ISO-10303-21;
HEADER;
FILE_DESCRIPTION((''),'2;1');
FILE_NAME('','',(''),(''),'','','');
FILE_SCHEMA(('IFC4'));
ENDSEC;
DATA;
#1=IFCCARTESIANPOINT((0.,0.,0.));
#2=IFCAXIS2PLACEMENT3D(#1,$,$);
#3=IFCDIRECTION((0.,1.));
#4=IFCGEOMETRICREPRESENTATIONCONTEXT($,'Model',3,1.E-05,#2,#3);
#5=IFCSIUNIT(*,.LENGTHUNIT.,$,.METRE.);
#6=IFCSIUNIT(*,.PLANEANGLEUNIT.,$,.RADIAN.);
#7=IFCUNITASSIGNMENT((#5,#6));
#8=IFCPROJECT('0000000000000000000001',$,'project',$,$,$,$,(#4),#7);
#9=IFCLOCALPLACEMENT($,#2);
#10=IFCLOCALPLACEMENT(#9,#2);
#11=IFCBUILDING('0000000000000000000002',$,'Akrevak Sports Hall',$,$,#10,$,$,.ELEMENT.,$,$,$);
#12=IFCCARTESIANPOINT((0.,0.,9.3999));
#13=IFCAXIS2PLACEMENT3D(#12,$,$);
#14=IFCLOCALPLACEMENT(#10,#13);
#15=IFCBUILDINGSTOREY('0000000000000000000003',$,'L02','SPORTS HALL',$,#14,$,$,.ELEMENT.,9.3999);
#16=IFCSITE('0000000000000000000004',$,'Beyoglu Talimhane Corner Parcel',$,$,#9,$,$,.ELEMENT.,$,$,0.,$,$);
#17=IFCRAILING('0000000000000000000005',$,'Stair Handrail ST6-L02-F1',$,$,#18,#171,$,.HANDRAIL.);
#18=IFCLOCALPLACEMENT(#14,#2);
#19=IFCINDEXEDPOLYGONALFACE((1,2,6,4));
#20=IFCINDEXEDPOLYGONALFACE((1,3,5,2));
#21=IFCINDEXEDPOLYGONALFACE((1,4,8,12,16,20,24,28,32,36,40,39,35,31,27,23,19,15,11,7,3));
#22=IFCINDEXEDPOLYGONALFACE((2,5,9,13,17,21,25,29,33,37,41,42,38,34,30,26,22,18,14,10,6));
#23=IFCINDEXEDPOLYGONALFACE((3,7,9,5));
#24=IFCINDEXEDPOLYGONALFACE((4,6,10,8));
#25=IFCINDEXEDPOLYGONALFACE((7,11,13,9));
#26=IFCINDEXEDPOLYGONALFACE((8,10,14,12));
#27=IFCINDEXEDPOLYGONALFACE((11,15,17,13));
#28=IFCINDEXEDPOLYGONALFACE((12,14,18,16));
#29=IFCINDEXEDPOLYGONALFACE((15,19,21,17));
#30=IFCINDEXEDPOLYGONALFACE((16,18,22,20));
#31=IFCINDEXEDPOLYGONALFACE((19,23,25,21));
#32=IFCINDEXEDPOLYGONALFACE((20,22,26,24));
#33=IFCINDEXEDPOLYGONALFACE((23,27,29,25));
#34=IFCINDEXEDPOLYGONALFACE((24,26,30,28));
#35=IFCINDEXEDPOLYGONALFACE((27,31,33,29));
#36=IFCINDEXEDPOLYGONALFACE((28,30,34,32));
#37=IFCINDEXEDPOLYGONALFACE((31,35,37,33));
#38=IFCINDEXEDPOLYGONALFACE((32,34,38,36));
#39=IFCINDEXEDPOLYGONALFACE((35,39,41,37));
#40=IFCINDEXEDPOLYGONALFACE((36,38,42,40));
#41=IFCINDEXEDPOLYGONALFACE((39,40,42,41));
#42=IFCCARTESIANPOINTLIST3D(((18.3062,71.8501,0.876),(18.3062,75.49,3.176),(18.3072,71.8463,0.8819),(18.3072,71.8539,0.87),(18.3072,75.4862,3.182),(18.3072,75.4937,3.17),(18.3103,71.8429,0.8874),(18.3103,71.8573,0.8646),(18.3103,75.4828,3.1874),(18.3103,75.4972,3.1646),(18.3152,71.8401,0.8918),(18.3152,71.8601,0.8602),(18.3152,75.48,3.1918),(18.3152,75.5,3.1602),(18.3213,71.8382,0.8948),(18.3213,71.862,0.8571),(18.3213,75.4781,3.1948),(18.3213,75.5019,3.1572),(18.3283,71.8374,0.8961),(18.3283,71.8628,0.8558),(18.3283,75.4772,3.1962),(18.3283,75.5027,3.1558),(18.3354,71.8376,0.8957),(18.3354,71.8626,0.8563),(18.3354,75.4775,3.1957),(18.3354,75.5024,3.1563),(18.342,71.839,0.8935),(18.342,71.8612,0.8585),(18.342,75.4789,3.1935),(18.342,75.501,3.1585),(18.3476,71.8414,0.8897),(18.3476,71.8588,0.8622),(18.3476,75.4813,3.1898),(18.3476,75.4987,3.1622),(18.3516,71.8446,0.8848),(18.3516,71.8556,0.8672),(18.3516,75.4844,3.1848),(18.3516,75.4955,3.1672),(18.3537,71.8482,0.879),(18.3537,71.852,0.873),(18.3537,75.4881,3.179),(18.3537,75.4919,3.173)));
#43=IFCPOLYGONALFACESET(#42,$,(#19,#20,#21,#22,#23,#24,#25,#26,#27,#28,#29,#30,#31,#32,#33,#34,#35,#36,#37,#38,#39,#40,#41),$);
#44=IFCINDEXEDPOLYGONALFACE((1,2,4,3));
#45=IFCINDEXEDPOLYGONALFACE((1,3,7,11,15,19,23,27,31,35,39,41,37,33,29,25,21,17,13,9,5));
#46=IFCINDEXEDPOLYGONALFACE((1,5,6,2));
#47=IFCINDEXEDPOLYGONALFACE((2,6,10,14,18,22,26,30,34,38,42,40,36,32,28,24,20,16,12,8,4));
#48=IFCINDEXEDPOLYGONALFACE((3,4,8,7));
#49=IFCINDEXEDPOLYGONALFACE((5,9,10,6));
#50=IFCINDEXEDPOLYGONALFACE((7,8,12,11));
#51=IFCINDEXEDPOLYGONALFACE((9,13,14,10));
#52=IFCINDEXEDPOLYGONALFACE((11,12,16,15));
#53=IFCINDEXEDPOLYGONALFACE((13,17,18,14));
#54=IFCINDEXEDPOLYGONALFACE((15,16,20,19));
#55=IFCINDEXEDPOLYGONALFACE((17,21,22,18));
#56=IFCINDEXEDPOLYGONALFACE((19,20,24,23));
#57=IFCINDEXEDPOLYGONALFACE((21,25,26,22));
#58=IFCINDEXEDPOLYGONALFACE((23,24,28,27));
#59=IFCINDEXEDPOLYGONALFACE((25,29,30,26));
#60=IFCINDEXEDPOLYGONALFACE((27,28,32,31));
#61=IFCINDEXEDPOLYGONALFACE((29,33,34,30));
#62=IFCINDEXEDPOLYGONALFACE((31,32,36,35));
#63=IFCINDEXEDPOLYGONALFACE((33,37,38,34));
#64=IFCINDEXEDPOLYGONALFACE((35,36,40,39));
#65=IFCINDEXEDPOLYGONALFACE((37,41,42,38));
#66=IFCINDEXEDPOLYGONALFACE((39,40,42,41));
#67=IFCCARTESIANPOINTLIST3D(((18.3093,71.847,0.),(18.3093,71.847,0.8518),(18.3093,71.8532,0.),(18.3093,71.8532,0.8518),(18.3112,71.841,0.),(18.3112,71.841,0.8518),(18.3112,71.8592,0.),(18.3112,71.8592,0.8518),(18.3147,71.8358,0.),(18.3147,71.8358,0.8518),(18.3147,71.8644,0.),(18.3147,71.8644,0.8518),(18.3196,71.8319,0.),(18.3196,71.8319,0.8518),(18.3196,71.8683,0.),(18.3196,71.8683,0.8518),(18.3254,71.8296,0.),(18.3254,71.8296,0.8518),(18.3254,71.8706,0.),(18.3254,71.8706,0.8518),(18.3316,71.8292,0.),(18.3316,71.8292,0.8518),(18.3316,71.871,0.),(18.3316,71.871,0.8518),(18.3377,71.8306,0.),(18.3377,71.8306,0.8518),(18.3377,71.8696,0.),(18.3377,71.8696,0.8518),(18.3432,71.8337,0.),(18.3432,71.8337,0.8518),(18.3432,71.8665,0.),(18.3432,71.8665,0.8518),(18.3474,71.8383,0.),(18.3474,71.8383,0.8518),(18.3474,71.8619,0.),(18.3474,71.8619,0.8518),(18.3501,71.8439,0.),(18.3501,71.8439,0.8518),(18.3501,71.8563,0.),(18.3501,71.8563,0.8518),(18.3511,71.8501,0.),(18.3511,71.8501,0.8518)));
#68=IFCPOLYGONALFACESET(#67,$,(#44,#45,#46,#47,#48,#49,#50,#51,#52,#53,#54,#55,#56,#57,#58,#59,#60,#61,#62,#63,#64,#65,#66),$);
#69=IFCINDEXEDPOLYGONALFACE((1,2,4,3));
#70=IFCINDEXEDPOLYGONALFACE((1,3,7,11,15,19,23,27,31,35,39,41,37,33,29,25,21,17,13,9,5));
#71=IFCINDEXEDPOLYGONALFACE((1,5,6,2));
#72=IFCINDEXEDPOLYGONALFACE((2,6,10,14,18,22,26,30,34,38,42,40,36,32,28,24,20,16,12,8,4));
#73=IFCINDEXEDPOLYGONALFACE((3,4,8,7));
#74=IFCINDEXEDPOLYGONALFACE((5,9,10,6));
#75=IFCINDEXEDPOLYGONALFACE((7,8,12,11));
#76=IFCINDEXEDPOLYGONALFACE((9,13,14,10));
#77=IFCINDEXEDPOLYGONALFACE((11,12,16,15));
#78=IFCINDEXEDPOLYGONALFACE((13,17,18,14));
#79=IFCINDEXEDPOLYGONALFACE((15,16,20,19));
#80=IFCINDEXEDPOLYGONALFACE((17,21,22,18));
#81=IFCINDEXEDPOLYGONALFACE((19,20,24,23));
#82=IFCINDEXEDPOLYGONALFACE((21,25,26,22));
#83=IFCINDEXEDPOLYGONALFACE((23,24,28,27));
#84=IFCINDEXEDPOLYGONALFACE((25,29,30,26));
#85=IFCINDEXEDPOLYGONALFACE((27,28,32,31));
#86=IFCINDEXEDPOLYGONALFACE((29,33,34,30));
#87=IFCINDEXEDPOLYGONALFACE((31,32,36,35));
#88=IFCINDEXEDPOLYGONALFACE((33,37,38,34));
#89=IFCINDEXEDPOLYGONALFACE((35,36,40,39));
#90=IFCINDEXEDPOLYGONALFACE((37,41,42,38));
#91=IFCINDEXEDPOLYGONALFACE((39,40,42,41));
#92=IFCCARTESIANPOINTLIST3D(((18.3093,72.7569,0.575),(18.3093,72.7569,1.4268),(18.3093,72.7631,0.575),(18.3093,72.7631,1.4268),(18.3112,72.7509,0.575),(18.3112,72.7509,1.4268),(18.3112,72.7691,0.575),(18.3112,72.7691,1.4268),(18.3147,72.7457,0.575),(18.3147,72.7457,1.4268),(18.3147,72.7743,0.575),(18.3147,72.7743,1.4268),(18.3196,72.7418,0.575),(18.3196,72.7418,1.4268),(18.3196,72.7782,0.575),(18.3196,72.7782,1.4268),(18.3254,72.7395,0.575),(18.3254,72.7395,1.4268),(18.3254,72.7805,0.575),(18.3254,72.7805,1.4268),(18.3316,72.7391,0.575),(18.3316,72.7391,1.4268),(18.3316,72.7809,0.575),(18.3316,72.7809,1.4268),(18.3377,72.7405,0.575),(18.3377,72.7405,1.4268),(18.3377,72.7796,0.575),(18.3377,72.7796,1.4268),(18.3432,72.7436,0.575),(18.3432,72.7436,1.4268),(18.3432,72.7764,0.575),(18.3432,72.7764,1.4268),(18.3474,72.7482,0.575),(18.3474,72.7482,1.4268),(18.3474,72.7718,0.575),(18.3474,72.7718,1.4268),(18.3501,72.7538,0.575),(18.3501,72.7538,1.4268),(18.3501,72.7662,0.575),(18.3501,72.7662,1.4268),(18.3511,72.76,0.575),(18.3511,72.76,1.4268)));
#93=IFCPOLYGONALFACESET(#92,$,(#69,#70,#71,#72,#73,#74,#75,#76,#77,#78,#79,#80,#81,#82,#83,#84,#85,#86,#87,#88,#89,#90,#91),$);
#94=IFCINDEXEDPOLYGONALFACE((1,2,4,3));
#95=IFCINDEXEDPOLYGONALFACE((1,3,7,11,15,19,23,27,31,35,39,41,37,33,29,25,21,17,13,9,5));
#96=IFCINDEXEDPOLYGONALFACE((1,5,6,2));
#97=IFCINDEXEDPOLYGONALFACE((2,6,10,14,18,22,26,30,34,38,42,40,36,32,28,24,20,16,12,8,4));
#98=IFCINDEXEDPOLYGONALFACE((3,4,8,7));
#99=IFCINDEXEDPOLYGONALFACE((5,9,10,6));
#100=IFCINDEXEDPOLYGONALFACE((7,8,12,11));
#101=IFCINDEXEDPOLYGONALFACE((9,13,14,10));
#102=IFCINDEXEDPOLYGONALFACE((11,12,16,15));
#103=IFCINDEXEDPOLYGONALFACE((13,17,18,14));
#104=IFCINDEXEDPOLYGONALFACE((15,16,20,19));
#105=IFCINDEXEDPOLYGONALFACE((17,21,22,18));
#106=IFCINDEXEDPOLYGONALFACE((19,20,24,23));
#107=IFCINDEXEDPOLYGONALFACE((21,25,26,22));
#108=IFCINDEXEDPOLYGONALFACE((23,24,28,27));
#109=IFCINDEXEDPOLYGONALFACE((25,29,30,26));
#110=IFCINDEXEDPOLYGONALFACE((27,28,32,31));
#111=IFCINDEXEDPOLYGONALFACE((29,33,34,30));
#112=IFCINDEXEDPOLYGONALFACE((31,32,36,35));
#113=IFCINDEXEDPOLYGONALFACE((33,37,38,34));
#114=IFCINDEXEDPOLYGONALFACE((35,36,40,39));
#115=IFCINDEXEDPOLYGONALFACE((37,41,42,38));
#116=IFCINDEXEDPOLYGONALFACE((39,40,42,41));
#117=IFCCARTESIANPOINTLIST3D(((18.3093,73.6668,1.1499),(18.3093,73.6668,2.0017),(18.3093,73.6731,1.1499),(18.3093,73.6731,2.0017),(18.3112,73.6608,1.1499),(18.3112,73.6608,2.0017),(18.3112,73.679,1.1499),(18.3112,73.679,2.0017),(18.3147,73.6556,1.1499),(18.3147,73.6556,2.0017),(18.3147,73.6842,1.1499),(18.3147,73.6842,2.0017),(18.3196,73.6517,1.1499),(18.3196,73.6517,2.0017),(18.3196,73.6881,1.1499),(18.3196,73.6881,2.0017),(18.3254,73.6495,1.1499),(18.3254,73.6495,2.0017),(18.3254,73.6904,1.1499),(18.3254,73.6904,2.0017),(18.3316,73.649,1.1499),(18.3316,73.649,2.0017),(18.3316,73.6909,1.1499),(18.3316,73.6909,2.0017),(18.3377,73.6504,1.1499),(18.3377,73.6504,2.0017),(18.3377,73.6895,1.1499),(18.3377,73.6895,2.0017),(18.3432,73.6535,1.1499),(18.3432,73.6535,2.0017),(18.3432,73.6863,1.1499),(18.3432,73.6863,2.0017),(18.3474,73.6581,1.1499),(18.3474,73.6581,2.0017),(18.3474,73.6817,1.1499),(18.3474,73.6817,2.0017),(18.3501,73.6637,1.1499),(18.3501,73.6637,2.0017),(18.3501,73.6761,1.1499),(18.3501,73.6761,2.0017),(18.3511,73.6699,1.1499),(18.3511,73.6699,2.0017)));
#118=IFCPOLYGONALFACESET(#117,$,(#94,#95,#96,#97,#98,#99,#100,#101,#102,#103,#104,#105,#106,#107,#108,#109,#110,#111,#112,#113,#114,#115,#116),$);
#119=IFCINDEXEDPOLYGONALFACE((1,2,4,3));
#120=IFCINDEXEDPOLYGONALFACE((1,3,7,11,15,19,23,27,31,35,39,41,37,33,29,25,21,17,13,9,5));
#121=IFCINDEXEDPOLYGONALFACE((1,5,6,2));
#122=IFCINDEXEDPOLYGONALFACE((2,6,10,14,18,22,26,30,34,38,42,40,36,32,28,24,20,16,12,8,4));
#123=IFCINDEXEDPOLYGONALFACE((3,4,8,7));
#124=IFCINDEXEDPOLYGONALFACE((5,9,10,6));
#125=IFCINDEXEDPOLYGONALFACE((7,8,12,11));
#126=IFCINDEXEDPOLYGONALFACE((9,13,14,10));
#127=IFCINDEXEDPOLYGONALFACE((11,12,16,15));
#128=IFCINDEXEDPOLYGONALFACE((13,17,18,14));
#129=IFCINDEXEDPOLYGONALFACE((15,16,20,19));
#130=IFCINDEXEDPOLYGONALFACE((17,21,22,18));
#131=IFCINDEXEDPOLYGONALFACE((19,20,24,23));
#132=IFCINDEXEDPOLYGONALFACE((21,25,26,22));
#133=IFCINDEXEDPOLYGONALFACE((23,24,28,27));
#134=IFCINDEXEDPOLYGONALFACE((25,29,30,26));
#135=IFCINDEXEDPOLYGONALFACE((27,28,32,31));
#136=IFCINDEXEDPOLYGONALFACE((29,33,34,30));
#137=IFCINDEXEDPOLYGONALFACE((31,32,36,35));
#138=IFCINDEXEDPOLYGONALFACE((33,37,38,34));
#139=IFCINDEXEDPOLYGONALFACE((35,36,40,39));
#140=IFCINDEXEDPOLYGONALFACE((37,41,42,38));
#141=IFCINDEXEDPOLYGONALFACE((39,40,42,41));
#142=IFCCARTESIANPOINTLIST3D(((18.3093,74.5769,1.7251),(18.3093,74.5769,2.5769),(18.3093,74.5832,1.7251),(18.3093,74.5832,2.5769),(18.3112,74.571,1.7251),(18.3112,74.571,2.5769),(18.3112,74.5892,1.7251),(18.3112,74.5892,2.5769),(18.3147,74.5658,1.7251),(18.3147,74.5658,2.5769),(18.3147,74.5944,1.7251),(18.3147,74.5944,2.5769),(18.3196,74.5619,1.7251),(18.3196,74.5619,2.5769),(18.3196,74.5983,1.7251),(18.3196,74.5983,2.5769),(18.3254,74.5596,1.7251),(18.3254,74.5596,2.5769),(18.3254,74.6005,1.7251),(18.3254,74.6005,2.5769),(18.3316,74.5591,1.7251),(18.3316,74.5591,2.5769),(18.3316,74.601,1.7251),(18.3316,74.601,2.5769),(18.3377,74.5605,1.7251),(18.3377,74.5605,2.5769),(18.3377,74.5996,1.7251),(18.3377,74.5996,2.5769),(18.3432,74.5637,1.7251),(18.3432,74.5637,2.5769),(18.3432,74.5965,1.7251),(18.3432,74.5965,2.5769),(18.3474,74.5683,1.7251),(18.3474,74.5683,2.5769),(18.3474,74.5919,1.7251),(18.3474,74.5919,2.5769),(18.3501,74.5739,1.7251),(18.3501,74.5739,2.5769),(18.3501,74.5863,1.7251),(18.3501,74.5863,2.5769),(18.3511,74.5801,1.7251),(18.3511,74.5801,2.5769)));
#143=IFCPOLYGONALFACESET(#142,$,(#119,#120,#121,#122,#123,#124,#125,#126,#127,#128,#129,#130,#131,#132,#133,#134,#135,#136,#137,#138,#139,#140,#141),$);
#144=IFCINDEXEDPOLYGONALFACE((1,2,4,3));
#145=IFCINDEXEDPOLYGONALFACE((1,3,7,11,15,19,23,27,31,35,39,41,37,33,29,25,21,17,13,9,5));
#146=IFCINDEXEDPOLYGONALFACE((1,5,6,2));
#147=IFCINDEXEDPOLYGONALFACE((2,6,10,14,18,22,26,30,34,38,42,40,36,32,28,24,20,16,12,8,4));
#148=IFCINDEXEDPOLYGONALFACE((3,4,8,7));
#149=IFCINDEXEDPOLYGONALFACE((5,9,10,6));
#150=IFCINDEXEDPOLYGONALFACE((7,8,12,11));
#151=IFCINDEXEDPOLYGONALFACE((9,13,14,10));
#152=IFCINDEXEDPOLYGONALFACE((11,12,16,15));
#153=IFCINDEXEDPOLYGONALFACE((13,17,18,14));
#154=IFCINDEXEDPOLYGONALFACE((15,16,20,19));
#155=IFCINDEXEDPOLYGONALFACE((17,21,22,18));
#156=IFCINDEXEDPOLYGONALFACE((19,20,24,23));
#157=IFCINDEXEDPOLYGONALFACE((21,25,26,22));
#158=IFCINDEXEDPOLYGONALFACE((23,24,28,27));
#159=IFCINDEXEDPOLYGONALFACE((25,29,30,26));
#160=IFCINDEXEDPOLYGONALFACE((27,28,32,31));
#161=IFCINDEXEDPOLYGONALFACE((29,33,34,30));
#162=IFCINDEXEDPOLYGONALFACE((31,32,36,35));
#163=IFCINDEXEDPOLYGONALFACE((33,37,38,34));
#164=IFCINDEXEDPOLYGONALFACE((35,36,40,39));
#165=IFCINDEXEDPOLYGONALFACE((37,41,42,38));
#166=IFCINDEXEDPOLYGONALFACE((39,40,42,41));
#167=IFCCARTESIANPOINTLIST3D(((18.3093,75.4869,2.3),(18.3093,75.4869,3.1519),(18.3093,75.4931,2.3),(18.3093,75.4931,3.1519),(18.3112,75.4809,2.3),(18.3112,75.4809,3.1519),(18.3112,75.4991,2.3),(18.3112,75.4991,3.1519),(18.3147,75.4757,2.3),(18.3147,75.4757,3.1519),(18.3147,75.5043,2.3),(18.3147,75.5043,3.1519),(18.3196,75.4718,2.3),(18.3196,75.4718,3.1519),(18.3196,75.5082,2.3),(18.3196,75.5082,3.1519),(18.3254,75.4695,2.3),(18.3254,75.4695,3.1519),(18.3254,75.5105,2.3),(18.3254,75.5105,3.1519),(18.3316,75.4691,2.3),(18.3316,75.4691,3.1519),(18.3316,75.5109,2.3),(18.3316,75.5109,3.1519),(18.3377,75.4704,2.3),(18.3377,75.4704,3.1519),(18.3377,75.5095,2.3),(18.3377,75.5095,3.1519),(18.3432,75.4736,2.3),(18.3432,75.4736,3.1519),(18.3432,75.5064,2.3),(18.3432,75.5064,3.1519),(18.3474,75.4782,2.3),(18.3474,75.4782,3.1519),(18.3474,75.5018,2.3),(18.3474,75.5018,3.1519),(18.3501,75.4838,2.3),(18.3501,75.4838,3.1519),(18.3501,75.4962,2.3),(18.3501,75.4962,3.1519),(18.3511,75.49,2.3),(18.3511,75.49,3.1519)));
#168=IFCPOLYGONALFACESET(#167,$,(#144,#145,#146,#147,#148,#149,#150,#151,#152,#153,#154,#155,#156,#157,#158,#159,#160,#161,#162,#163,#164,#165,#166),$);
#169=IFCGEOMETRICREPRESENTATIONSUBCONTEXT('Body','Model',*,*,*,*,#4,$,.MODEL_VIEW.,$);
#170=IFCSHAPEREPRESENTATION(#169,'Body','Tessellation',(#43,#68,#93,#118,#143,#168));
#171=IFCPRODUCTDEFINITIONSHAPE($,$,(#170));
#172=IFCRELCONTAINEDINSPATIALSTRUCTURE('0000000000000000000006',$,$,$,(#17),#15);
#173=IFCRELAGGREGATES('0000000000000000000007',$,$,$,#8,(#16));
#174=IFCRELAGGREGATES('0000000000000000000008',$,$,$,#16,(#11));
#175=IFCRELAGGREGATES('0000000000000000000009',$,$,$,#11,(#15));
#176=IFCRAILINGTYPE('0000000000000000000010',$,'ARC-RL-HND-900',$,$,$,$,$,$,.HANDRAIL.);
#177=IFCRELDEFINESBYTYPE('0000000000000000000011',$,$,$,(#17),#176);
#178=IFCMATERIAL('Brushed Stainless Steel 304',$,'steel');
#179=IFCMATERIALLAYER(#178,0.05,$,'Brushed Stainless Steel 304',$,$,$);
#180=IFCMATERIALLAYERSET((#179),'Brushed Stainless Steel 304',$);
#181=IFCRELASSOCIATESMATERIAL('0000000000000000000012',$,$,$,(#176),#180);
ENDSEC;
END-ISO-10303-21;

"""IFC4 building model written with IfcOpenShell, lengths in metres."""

from ifc_helpers import new_model, si_unit, direction, frame, origin, origin_2d, place, context, subcontext, project, spatial, circle, extrude, material, layer, layer_set, type_object, element, save


model = new_model("IFC4")

# Units and contexts
model_context = context("Model", 3, precision=1e-05, world=origin(), true_north=direction((0.0, 1.0)))
body_context = subcontext(model_context, "Body", "Model", "MODEL_VIEW")
ifc_project = project(units=[si_unit("LENGTHUNIT", "METRE"), si_unit("PLANEANGLEUNIT", "RADIAN")], contexts=[model_context])

# Site, building, storey
site_placement = place(None, origin())
site = spatial("IfcSite", under=ifc_project, at=site_placement, Name="Beyoglu Talimhane Corner Parcel", CompositionType="ELEMENT", RefElevation=0.0)
building_placement = place(site_placement, origin())
building = spatial("IfcBuilding", under=site, at=building_placement, Name="Akrevak Sports Hall", CompositionType="ELEMENT")
storey_placement = place(building_placement, frame((0.0, 0.0, 9.3999)))
storey = spatial("IfcBuildingStorey", under=building, at=storey_placement, Name="L02", Description="SPORTS HALL", CompositionType="ELEMENT", Elevation=9.3999)

# Railing
ifc_material_1 = material(Name="Brushed Stainless Steel 304", Category="steel")
ifc_layer_1 = layer(ifc_material_1, 0.05, Name="Brushed Stainless Steel 304")
ifc_layer_set_1 = layer_set([ifc_layer_1], Name="Brushed Stainless Steel 304")
railing_type_1 = type_object("IfcRailingType", Name="ARC-RL-HND-900", PredefinedType="HANDRAIL", material=ifc_layer_set_1)
railing_1_placement = place(storey_placement, frame((18.3301, 71.8501, 0.0)))
element("IfcRailing", 1, at=railing_1_placement, inside=storey, type_object=railing_type_1, Name="Stair Handrail ST6-L02-F1", PredefinedType="HANDRAIL", context=body_context, shape_type="SweptSolid", body=[
    extrude(circle(Radius=0.0239, at=origin_2d()), frame((0.0, 0.0, 0.876), z_axis=(0.0, 0.845366, 0.534187), x_axis=(-1.0, 0.0, 0.0)), (0.0, 0.0, 1.0), 4.3057),
    extrude(circle(Radius=0.021, at=origin_2d()), origin(), (0.0, 0.0, 1.0), 0.8518),
    extrude(circle(Radius=0.021, at=origin_2d()), frame((0.0, 0.9099, 0.575)), (0.0, 0.0, 1.0), 0.8518),
    extrude(circle(Radius=0.021, at=origin_2d()), frame((0.0, 1.8198, 1.1499)), (0.0, 0.0, 1.0), 0.8518),
    extrude(circle(Radius=0.021, at=origin_2d()), frame((0.0, 2.73, 1.7251)), (0.0, 0.0, 1.0), 0.8518),
    extrude(circle(Radius=0.021, at=origin_2d()), frame((0.0, 3.6399, 2.3)), (0.0, 0.0, 1.0), 0.8518),
])

save(model, "model.ifc")
